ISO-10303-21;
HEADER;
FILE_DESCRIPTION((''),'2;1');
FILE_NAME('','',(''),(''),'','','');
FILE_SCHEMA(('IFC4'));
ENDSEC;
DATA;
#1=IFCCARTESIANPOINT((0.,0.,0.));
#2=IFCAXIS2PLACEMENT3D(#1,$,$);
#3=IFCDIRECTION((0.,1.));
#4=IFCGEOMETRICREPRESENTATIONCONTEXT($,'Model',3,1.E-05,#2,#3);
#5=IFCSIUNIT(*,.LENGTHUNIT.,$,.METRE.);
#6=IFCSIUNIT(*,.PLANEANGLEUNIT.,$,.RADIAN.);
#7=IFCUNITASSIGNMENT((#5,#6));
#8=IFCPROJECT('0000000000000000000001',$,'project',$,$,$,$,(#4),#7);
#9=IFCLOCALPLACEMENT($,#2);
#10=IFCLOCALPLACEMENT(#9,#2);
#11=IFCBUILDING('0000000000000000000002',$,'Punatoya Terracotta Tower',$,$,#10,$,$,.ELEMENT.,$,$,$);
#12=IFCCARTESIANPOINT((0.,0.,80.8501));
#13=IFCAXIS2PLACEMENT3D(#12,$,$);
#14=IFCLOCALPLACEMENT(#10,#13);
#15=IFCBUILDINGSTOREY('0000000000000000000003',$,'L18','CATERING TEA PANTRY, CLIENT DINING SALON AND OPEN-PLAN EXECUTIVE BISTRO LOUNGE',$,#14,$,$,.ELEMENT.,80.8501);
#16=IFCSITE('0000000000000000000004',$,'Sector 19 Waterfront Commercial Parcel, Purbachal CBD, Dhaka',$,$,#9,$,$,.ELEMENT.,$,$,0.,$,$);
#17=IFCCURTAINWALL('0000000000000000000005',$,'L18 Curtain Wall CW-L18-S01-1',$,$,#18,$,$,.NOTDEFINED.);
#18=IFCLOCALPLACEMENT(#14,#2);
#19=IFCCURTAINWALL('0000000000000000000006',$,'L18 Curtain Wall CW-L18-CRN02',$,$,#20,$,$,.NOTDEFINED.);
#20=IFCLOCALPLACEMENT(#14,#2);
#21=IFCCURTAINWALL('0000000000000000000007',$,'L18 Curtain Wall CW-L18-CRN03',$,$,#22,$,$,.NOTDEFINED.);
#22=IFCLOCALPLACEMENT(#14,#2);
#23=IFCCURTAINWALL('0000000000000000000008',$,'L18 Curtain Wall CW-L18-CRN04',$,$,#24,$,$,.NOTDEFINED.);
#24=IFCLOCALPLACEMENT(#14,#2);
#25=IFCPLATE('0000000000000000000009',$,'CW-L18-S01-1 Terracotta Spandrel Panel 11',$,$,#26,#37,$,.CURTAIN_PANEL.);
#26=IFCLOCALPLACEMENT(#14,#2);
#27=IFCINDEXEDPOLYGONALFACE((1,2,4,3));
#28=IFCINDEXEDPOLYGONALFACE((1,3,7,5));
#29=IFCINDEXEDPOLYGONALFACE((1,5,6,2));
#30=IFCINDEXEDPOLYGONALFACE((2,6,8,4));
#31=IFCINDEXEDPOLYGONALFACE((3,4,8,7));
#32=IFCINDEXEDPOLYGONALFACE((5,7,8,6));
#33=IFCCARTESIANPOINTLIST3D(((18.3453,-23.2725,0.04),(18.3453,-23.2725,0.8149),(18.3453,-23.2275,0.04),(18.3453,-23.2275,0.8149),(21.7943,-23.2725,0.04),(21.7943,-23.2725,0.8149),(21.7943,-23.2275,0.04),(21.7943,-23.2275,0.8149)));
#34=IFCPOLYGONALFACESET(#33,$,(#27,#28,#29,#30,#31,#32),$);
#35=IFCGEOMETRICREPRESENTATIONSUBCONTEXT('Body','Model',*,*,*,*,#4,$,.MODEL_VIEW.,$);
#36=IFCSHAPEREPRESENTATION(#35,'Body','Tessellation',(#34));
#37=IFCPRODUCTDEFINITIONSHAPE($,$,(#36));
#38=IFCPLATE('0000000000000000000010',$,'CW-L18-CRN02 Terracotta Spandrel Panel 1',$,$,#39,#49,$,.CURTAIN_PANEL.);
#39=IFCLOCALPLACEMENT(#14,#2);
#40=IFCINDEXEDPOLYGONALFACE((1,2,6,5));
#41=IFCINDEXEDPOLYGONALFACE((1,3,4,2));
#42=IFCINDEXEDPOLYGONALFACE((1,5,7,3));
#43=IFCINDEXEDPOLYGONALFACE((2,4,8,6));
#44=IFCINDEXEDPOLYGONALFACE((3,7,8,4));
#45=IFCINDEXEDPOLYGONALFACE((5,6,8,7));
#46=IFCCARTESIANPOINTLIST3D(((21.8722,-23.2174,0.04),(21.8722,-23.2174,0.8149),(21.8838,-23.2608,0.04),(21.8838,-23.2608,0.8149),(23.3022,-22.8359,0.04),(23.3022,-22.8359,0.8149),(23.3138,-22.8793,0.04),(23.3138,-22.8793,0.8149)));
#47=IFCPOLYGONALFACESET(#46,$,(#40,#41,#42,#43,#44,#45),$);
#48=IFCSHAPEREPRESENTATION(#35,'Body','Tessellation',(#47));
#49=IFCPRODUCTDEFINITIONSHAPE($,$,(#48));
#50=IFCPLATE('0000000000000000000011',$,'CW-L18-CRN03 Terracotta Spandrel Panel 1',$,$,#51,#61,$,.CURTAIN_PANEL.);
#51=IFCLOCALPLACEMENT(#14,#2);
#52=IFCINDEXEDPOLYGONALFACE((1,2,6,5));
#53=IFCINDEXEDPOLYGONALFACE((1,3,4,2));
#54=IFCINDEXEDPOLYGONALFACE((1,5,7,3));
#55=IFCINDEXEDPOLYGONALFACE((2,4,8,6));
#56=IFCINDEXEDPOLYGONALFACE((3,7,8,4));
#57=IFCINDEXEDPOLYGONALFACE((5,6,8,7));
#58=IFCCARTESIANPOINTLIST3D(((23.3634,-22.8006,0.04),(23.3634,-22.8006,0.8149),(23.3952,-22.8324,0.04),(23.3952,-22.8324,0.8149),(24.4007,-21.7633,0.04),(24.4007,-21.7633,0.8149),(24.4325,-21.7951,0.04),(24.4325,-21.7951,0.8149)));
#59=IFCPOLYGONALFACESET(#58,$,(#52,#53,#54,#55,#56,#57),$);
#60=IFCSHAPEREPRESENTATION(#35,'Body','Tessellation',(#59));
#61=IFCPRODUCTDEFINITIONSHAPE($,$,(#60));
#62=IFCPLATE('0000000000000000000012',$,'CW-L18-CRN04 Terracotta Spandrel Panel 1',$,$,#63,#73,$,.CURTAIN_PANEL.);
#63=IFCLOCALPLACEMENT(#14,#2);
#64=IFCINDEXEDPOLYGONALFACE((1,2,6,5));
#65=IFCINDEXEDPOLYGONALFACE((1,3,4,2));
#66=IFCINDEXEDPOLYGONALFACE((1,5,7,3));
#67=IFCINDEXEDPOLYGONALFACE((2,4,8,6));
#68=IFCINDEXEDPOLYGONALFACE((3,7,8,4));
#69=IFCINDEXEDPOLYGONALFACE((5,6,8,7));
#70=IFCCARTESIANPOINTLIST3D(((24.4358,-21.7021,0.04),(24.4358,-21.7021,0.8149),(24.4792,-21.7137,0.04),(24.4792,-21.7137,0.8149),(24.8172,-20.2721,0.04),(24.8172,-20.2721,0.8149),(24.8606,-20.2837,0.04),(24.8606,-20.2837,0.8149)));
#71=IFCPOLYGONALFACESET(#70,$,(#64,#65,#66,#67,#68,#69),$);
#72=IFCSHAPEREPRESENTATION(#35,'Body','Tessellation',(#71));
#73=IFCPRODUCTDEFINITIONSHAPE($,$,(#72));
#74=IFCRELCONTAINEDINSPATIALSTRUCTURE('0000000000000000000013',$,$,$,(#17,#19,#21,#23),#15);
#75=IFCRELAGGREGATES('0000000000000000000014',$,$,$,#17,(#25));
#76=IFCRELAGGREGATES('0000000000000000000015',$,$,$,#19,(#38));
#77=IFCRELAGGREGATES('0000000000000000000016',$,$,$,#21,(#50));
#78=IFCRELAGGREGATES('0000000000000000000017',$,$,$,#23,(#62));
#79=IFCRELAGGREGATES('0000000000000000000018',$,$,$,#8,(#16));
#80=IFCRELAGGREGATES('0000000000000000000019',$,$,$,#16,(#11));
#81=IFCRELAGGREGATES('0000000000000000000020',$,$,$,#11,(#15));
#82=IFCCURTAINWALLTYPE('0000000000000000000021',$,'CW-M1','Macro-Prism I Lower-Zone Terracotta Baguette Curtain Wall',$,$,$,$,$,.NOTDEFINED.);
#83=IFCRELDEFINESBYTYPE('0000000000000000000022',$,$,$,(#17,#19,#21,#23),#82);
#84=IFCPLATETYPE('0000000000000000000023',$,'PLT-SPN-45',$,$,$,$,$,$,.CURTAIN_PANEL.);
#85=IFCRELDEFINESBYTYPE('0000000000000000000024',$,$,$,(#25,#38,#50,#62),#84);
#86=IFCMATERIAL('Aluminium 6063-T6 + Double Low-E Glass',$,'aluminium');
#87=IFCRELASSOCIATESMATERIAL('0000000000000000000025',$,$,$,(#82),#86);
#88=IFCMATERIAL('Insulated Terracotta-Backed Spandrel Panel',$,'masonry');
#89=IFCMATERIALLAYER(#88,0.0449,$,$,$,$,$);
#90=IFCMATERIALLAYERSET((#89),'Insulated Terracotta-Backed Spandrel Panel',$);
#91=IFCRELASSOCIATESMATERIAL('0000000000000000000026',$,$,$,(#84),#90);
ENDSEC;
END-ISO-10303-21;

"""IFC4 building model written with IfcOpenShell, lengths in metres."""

from ifc_helpers import new_model, si_unit, direction, frame, origin, origin_2d, place, context, subcontext, project, spatial, rectangle, extrude, material, layer, layer_set, type_object, element, aggregate, save


model = new_model("IFC4")

# Units and contexts
model_context = context("Model", 3, precision=1e-05, world=origin(), true_north=direction((0.0, 1.0)))
body_context = subcontext(model_context, "Body", "Model", "MODEL_VIEW")
ifc_project = project(units=[si_unit("LENGTHUNIT", "METRE"), si_unit("PLANEANGLEUNIT", "RADIAN")], contexts=[model_context])

# Site, building, storey
site_placement = place(None, origin())
site = spatial("IfcSite", under=ifc_project, at=site_placement, Name="Sector 19 Waterfront Commercial Parcel, Purbachal CBD, Dhaka", CompositionType="ELEMENT", RefElevation=0.0)
building_placement = place(site_placement, origin())
building = spatial("IfcBuilding", under=site, at=building_placement, Name="Punatoya Terracotta Tower", CompositionType="ELEMENT")
storey_placement = place(building_placement, frame((0.0, 0.0, 80.8501)))
storey = spatial("IfcBuildingStorey", under=building, at=storey_placement, Name="L18", Description="CATERING TEA PANTRY, CLIENT DINING SALON AND OPEN-PLAN EXECUTIVE BISTRO LOUNGE", CompositionType="ELEMENT", Elevation=80.8501)

# Curtain wall
ifc_material_1 = material(Name="Aluminium 6063-T6 + Double Low-E Glass", Category="aluminium")
curtain_wall_type = type_object("IfcCurtainWallType", Name="CW-M1", Description="Macro-Prism I Lower-Zone Terracotta Baguette Curtain Wall", PredefinedType="NOTDEFINED", material=ifc_material_1)
curtain_wall_1_placement = place(storey_placement, origin())
curtain_wall_1 = element("IfcCurtainWall", 1, at=curtain_wall_1_placement, inside=storey, type_object=curtain_wall_type, Name="L18 Curtain Wall CW-L18-S01-1", PredefinedType="NOTDEFINED")

# Curtain walls
curtain_wall_2_placement = place(storey_placement, origin())
curtain_wall_2 = element("IfcCurtainWall", 2, at=curtain_wall_2_placement, inside=storey, type_object=curtain_wall_type, Name="L18 Curtain Wall CW-L18-CRN02", PredefinedType="NOTDEFINED")
curtain_wall_3_placement = place(storey_placement, origin())
curtain_wall_3 = element("IfcCurtainWall", 3, at=curtain_wall_3_placement, inside=storey, type_object=curtain_wall_type, Name="L18 Curtain Wall CW-L18-CRN03", PredefinedType="NOTDEFINED")
curtain_wall_4_placement = place(storey_placement, origin())
curtain_wall_4 = element("IfcCurtainWall", 4, at=curtain_wall_4_placement, inside=storey, type_object=curtain_wall_type, Name="L18 Curtain Wall CW-L18-CRN04", PredefinedType="NOTDEFINED")

# Plates
ifc_material_2 = material(Name="Insulated Terracotta-Backed Spandrel Panel", Category="masonry")
ifc_layer_1 = layer(ifc_material_2, 0.0449)
ifc_layer_set_1 = layer_set([ifc_layer_1], Name="Insulated Terracotta-Backed Spandrel Panel")
plate_type_1 = type_object("IfcPlateType", Name="PLT-SPN-45", PredefinedType="CURTAIN_PANEL", material=ifc_layer_set_1)
plate_1_placement = place(storey_placement, frame((20.0698, -23.25, 0.04), z_axis=(0.0, 0.0, 1.0), x_axis=(1.0, 0.0, 0.0)))
plate_1 = element("IfcPlate", 5, at=plate_1_placement, type_object=plate_type_1, Name="CW-L18-S01-1 Terracotta Spandrel Panel 11", PredefinedType="CURTAIN_PANEL", context=body_context, shape_type="SweptSolid", body=[
    extrude(rectangle(XDim=3.449, YDim=0.0449, at=origin_2d()), origin(), (0.0, 0.0, 1.0), 0.7749),
])
aggregate(curtain_wall_1, [plate_1])
plate_2_placement = place(storey_placement, frame((22.593, -23.0483, 0.04), z_axis=(0.0, 0.0, 1.0), x_axis=(0.966214, 0.257742, 0.0)))
plate_2 = element("IfcPlate", 6, at=plate_2_placement, type_object=plate_type_1, Name="CW-L18-CRN02 Terracotta Spandrel Panel 1", PredefinedType="CURTAIN_PANEL", context=body_context, shape_type="SweptSolid", body=[
    extrude(rectangle(XDim=1.48, YDim=0.0449, at=origin_2d()), origin(), (0.0, 0.0, 1.0), 0.7749),
])
aggregate(curtain_wall_2, [plate_2])
plate_3_placement = place(storey_placement, frame((23.8979, -22.2979, 0.04), z_axis=(0.0, 0.0, 1.0), x_axis=(0.707107, 0.707107, 0.0)))
plate_3 = element("IfcPlate", 7, at=plate_3_placement, type_object=plate_type_1, Name="CW-L18-CRN03 Terracotta Spandrel Panel 1", PredefinedType="CURTAIN_PANEL", context=body_context, shape_type="SweptSolid", body=[
    extrude(rectangle(XDim=1.467, YDim=0.0449, at=origin_2d()), origin(), (0.0, 0.0, 1.0), 0.7749),
])
aggregate(curtain_wall_3, [plate_3])
plate_4_placement = place(storey_placement, frame((24.6482, -20.9929, 0.04), z_axis=(0.0, 0.0, 1.0), x_axis=(0.257742, 0.966214, 0.0)))
plate_4 = element("IfcPlate", 8, at=plate_4_placement, type_object=plate_type_1, Name="CW-L18-CRN04 Terracotta Spandrel Panel 1", PredefinedType="CURTAIN_PANEL", context=body_context, shape_type="SweptSolid", body=[
    extrude(rectangle(XDim=1.48, YDim=0.0449, at=origin_2d()), origin(), (0.0, 0.0, 1.0), 0.7749),
])
aggregate(curtain_wall_4, [plate_4])

save(model, "model.ifc")
